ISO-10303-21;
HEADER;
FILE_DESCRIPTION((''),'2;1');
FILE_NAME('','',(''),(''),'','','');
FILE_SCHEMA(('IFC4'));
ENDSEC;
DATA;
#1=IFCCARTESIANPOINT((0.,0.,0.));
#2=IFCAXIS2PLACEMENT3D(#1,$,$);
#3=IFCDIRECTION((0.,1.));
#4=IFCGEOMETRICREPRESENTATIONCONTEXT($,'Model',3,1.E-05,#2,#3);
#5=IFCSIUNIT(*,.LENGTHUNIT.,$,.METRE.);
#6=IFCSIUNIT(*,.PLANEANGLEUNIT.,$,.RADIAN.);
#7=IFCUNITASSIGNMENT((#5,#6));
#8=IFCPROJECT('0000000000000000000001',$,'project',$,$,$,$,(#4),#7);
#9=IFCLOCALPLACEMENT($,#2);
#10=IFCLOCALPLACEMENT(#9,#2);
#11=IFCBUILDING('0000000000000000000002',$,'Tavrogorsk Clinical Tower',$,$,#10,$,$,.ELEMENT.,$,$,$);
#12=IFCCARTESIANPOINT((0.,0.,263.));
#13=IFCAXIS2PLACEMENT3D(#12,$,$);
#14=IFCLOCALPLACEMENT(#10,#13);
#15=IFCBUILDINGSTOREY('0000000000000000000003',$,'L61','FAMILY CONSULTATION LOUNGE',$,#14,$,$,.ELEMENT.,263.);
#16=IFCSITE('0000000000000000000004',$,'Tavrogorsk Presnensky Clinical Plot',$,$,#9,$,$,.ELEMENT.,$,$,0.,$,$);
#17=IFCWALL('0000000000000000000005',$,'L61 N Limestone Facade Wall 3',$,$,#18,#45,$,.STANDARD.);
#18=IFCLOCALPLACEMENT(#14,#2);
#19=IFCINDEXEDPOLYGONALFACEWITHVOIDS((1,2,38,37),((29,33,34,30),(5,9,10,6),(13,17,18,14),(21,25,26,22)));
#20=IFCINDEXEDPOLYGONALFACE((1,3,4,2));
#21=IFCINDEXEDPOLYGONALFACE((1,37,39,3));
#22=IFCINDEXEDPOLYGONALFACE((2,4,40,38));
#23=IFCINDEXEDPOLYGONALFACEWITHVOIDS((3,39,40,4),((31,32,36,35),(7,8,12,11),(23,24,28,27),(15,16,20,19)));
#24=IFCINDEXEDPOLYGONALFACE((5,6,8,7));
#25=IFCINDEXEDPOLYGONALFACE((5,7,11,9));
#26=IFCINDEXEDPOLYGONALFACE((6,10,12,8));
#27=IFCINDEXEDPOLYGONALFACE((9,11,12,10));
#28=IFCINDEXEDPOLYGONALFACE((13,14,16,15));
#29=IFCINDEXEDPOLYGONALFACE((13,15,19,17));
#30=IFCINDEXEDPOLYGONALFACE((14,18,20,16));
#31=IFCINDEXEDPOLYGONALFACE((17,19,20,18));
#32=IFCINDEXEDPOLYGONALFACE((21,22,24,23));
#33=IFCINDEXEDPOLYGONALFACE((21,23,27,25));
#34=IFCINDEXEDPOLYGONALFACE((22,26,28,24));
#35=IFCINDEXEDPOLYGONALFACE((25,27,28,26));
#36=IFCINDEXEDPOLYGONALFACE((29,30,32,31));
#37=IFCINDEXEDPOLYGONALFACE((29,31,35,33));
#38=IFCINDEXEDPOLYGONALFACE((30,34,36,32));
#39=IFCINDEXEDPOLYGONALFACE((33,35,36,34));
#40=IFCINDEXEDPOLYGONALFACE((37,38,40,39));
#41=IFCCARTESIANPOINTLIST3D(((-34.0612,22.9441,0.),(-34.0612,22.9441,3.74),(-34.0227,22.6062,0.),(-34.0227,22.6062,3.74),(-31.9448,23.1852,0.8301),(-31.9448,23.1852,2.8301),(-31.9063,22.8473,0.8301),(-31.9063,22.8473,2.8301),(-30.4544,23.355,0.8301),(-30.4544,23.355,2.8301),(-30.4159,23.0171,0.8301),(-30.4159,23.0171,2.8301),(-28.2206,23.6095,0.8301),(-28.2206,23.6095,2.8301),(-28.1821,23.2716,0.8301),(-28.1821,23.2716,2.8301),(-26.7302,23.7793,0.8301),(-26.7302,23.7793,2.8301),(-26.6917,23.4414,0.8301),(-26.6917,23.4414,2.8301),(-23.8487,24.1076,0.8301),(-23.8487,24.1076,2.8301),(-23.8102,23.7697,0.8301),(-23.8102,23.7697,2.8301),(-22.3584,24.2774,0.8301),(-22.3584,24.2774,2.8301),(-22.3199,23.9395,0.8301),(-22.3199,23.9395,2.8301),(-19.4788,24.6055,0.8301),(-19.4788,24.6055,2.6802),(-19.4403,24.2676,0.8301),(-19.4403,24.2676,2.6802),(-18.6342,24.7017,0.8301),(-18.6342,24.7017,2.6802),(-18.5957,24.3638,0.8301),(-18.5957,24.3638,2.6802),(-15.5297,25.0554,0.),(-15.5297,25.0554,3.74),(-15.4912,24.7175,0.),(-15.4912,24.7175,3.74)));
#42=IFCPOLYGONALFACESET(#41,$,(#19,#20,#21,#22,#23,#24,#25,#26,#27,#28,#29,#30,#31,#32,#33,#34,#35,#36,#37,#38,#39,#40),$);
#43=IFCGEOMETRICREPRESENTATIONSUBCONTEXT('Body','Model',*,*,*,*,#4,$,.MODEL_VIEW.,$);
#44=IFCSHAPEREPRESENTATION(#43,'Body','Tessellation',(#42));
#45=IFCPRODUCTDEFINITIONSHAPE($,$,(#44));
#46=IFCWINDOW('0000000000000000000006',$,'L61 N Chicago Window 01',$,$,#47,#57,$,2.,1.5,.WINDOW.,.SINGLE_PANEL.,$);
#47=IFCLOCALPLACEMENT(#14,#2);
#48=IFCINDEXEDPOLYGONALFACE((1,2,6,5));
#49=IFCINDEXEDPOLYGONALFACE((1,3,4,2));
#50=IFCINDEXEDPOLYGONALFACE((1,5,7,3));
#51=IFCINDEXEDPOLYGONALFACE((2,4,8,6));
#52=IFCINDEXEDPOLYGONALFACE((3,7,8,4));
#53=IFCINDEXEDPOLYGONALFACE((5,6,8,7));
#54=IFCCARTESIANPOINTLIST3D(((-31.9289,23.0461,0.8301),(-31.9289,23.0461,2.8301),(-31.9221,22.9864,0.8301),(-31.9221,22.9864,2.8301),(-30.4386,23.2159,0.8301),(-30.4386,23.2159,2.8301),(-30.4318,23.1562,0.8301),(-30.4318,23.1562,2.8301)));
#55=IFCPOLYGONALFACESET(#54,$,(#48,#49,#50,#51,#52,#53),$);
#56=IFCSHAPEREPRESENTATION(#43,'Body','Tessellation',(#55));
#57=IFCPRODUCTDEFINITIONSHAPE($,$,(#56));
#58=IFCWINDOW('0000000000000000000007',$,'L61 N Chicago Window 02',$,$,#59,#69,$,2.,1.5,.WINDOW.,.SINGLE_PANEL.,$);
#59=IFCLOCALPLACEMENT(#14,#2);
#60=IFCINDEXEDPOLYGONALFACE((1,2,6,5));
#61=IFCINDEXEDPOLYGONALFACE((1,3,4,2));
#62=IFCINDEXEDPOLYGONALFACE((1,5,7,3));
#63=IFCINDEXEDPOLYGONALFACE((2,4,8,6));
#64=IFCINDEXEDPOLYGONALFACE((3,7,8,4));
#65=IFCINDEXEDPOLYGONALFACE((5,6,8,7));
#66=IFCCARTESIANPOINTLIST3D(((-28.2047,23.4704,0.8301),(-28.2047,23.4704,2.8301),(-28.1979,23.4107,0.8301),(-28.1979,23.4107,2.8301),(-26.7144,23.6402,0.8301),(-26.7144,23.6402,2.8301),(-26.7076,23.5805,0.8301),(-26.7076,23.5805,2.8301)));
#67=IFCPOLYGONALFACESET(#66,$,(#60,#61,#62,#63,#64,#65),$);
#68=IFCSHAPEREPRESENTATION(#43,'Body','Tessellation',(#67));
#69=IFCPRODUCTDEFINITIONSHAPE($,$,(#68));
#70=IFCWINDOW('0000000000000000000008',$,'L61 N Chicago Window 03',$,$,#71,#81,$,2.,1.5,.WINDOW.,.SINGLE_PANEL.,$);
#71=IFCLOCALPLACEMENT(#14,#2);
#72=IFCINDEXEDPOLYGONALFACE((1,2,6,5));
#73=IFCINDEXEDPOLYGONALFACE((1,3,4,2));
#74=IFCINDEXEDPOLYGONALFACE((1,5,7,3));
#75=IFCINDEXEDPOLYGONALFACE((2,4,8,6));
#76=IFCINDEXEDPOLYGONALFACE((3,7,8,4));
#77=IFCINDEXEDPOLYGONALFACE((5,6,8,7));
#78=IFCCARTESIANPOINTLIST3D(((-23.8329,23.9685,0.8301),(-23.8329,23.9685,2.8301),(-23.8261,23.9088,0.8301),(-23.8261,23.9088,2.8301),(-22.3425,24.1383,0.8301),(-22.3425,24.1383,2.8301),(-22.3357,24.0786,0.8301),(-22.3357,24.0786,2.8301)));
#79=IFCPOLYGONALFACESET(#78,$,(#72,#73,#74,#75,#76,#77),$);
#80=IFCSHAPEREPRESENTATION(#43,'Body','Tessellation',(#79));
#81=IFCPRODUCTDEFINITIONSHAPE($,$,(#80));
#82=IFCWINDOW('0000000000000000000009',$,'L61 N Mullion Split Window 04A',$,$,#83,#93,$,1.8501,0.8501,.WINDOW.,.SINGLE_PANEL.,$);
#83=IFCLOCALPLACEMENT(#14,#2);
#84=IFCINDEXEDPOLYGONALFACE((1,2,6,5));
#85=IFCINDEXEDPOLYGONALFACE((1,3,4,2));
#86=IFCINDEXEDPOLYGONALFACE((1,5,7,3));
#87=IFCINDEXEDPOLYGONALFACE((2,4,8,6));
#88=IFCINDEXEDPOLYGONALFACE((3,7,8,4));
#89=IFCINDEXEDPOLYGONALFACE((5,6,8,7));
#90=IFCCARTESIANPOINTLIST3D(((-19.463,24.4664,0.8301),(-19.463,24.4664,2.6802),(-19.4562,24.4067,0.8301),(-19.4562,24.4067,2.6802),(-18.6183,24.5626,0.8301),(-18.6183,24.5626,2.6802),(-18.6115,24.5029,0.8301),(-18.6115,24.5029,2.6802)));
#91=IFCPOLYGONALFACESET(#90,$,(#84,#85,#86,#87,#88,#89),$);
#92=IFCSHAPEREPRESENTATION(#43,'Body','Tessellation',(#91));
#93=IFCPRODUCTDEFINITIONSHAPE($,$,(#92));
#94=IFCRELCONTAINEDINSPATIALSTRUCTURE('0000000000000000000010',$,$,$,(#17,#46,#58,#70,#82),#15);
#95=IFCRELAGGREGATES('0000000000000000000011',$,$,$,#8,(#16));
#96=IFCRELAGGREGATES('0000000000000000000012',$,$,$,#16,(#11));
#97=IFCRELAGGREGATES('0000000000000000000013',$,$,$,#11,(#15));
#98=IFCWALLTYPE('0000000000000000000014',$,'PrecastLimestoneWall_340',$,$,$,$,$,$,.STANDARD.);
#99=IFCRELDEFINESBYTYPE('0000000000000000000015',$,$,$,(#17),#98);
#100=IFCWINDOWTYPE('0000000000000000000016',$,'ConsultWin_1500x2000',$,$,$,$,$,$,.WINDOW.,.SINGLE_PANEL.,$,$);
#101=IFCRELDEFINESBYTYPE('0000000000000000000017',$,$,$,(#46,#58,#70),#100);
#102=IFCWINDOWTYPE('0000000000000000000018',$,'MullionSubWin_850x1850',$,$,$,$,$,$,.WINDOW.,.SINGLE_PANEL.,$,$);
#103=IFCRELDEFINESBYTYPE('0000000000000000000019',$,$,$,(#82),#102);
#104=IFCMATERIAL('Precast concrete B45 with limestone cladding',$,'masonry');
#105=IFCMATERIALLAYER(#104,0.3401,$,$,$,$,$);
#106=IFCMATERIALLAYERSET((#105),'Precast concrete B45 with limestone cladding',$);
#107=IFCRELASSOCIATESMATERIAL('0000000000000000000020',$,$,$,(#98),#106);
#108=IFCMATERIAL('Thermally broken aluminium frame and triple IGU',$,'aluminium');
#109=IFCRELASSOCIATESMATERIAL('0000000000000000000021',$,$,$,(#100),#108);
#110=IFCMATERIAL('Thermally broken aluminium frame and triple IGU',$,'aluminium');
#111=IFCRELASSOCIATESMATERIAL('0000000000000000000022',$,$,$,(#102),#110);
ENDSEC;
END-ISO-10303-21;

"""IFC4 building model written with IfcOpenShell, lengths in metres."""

from ifc_helpers import new_model, si_unit, direction, frame, frame_2d, origin, place, context, subcontext, project, spatial, rectangle, extrude, material, layer, layer_set, type_object, element, fill, save


model = new_model("IFC4")

# Units and contexts
model_context = context("Model", 3, precision=1e-05, world=origin(), true_north=direction((0.0, 1.0)))
body_context = subcontext(model_context, "Body", "Model", "MODEL_VIEW")
ifc_project = project(units=[si_unit("LENGTHUNIT", "METRE"), si_unit("PLANEANGLEUNIT", "RADIAN")], contexts=[model_context])

# Site, building, storey
site_placement = place(None, origin())
site = spatial("IfcSite", under=ifc_project, at=site_placement, Name="Tavrogorsk Presnensky Clinical Plot", CompositionType="ELEMENT", RefElevation=0.0)
building_placement = place(site_placement, origin())
building = spatial("IfcBuilding", under=site, at=building_placement, Name="Tavrogorsk Clinical Tower", CompositionType="ELEMENT")
storey_placement = place(building_placement, frame((0.0, 0.0, 263.0)))
storey = spatial("IfcBuildingStorey", under=building, at=storey_placement, Name="L61", Description="FAMILY CONSULTATION LOUNGE", CompositionType="ELEMENT", Elevation=263.0)

# Wall, openings, windows
ifc_material_1 = material(Name="Precast concrete B45 with limestone cladding", Category="masonry")
ifc_layer_1 = layer(ifc_material_1, 0.3401)
ifc_layer_set_1 = layer_set([ifc_layer_1], Name="Precast concrete B45 with limestone cladding")
wall_type_1 = type_object("IfcWallType", Name="PrecastLimestoneWall_340", PredefinedType="STANDARD", material=ifc_layer_set_1)
wall_1_placement = place(storey_placement, frame((-15.5105, 24.8865, 0.0), z_axis=(0.0, 0.0, 1.0), x_axis=(-0.993572, -0.1132, 0.0)))
wall_1 = element("IfcWall", 1, at=wall_1_placement, inside=storey, type_object=wall_type_1, Name="L61 N Limestone Facade Wall 3", PredefinedType="STANDARD", context=body_context, shape_type="SweptSolid", body=[
    extrude(rectangle(XDim=18.6514, YDim=0.3401, at=frame_2d((9.3257, 0.0))), origin(), (0.0, 0.0, 1.0), 3.74),
])
opening_1_placement = place(wall_1_placement, frame((15.0212, 0.0, 0.8301)))
opening_1 = element("IfcOpeningElement", 2, at=opening_1_placement, cuts=wall_1, PredefinedType="OPENING", context=body_context, shape_type="SweptSolid", body=[
    extrude(rectangle(XDim=1.5, YDim=2.0, at=frame_2d((0.75, 1.0))), frame((0.0, 0.1799, 0.0), z_axis=(0.0, -1.0, 0.0), x_axis=(1.0, 0.0, 0.0)), (0.0, 0.0, 1.0), 0.3601),
])
opening_2_placement = place(wall_1_placement, frame((11.2729, 0.0, 0.8301)))
opening_2 = element("IfcOpeningElement", 3, at=opening_2_placement, cuts=wall_1, PredefinedType="OPENING", context=body_context, shape_type="SweptSolid", body=[
    extrude(rectangle(XDim=1.5, YDim=2.0, at=frame_2d((0.75, 1.0))), frame((0.0, 0.1799, 0.0), z_axis=(0.0, -1.0, 0.0), x_axis=(1.0, 0.0, 0.0)), (0.0, 0.0, 1.0), 0.3601),
])
opening_3_placement = place(wall_1_placement, frame((6.8728, 0.0, 0.8301)))
opening_3 = element("IfcOpeningElement", 4, at=opening_3_placement, cuts=wall_1, PredefinedType="OPENING", context=body_context, shape_type="SweptSolid", body=[
    extrude(rectangle(XDim=1.5, YDim=2.0, at=frame_2d((0.75, 1.0))), frame((0.0, 0.1799, 0.0), z_axis=(0.0, -1.0, 0.0), x_axis=(1.0, 0.0, 0.0)), (0.0, 0.0, 1.0), 0.3601),
])
opening_4_placement = place(wall_1_placement, frame((3.1245, 0.0, 0.8301)))
opening_4 = element("IfcOpeningElement", 5, at=opening_4_placement, cuts=wall_1, PredefinedType="OPENING", context=body_context, shape_type="SweptSolid", body=[
    extrude(rectangle(XDim=0.8501, YDim=1.8501, at=frame_2d((0.425, 0.925))), frame((0.0, 0.1799, 0.0), z_axis=(0.0, -1.0, 0.0), x_axis=(1.0, 0.0, 0.0)), (0.0, 0.0, 1.0), 0.3601),
])
ifc_material_2 = material(Name="Thermally broken aluminium frame and triple IGU", Category="aluminium")
window_type_1 = type_object("IfcWindowType", Name="ConsultWin_1500x2000", PartitioningType="SINGLE_PANEL", PredefinedType="WINDOW", material=ifc_material_2)
window_1_placement = place(opening_1_placement, origin())
window_1 = element("IfcWindow", 6, at=window_1_placement, inside=storey, type_object=window_type_1, Name="L61 N Chicago Window 01", OverallHeight=2.0, OverallWidth=1.5, PartitioningType="SINGLE_PANEL", PredefinedType="WINDOW", context=body_context, shape_type="SweptSolid", body=[
    extrude(rectangle(XDim=1.5, YDim=2.0, at=frame_2d((0.75, 1.0))), frame((0.0, 0.03, 0.0), z_axis=(0.0, -1.0, 0.0), x_axis=(1.0, 0.0, 0.0)), (0.0, 0.0, 1.0), 0.0601),
])
fill(opening_1, window_1)
window_2_placement = place(opening_2_placement, origin())
window_2 = element("IfcWindow", 7, at=window_2_placement, inside=storey, type_object=window_type_1, Name="L61 N Chicago Window 02", OverallHeight=2.0, OverallWidth=1.5, PartitioningType="SINGLE_PANEL", PredefinedType="WINDOW", context=body_context, shape_type="SweptSolid", body=[
    extrude(rectangle(XDim=1.5, YDim=2.0, at=frame_2d((0.75, 1.0))), frame((0.0, 0.03, 0.0), z_axis=(0.0, -1.0, 0.0), x_axis=(1.0, 0.0, 0.0)), (0.0, 0.0, 1.0), 0.0601),
])
fill(opening_2, window_2)
window_3_placement = place(opening_3_placement, origin())
window_3 = element("IfcWindow", 8, at=window_3_placement, inside=storey, type_object=window_type_1, Name="L61 N Chicago Window 03", OverallHeight=2.0, OverallWidth=1.5, PartitioningType="SINGLE_PANEL", PredefinedType="WINDOW", context=body_context, shape_type="SweptSolid", body=[
    extrude(rectangle(XDim=1.5, YDim=2.0, at=frame_2d((0.75, 1.0))), frame((0.0, 0.03, 0.0), z_axis=(0.0, -1.0, 0.0), x_axis=(1.0, 0.0, 0.0)), (0.0, 0.0, 1.0), 0.0601),
])
fill(opening_3, window_3)
ifc_material_3 = material(Name="Thermally broken aluminium frame and triple IGU", Category="aluminium")
window_type_2 = type_object("IfcWindowType", Name="MullionSubWin_850x1850", PartitioningType="SINGLE_PANEL", PredefinedType="WINDOW", material=ifc_material_3)
window_4_placement = place(opening_4_placement, origin())
window_4 = element("IfcWindow", 9, at=window_4_placement, inside=storey, type_object=window_type_2, Name="L61 N Mullion Split Window 04A", OverallHeight=1.8501, OverallWidth=0.8501, PartitioningType="SINGLE_PANEL", PredefinedType="WINDOW", context=body_context, shape_type="SweptSolid", body=[
    extrude(rectangle(XDim=0.8501, YDim=1.8501, at=frame_2d((0.425, 0.925))), frame((0.0, 0.03, 0.0), z_axis=(0.0, -1.0, 0.0), x_axis=(1.0, 0.0, 0.0)), (0.0, 0.0, 1.0), 0.0601),
])
fill(opening_4, window_4)

save(model, "model.ifc")
